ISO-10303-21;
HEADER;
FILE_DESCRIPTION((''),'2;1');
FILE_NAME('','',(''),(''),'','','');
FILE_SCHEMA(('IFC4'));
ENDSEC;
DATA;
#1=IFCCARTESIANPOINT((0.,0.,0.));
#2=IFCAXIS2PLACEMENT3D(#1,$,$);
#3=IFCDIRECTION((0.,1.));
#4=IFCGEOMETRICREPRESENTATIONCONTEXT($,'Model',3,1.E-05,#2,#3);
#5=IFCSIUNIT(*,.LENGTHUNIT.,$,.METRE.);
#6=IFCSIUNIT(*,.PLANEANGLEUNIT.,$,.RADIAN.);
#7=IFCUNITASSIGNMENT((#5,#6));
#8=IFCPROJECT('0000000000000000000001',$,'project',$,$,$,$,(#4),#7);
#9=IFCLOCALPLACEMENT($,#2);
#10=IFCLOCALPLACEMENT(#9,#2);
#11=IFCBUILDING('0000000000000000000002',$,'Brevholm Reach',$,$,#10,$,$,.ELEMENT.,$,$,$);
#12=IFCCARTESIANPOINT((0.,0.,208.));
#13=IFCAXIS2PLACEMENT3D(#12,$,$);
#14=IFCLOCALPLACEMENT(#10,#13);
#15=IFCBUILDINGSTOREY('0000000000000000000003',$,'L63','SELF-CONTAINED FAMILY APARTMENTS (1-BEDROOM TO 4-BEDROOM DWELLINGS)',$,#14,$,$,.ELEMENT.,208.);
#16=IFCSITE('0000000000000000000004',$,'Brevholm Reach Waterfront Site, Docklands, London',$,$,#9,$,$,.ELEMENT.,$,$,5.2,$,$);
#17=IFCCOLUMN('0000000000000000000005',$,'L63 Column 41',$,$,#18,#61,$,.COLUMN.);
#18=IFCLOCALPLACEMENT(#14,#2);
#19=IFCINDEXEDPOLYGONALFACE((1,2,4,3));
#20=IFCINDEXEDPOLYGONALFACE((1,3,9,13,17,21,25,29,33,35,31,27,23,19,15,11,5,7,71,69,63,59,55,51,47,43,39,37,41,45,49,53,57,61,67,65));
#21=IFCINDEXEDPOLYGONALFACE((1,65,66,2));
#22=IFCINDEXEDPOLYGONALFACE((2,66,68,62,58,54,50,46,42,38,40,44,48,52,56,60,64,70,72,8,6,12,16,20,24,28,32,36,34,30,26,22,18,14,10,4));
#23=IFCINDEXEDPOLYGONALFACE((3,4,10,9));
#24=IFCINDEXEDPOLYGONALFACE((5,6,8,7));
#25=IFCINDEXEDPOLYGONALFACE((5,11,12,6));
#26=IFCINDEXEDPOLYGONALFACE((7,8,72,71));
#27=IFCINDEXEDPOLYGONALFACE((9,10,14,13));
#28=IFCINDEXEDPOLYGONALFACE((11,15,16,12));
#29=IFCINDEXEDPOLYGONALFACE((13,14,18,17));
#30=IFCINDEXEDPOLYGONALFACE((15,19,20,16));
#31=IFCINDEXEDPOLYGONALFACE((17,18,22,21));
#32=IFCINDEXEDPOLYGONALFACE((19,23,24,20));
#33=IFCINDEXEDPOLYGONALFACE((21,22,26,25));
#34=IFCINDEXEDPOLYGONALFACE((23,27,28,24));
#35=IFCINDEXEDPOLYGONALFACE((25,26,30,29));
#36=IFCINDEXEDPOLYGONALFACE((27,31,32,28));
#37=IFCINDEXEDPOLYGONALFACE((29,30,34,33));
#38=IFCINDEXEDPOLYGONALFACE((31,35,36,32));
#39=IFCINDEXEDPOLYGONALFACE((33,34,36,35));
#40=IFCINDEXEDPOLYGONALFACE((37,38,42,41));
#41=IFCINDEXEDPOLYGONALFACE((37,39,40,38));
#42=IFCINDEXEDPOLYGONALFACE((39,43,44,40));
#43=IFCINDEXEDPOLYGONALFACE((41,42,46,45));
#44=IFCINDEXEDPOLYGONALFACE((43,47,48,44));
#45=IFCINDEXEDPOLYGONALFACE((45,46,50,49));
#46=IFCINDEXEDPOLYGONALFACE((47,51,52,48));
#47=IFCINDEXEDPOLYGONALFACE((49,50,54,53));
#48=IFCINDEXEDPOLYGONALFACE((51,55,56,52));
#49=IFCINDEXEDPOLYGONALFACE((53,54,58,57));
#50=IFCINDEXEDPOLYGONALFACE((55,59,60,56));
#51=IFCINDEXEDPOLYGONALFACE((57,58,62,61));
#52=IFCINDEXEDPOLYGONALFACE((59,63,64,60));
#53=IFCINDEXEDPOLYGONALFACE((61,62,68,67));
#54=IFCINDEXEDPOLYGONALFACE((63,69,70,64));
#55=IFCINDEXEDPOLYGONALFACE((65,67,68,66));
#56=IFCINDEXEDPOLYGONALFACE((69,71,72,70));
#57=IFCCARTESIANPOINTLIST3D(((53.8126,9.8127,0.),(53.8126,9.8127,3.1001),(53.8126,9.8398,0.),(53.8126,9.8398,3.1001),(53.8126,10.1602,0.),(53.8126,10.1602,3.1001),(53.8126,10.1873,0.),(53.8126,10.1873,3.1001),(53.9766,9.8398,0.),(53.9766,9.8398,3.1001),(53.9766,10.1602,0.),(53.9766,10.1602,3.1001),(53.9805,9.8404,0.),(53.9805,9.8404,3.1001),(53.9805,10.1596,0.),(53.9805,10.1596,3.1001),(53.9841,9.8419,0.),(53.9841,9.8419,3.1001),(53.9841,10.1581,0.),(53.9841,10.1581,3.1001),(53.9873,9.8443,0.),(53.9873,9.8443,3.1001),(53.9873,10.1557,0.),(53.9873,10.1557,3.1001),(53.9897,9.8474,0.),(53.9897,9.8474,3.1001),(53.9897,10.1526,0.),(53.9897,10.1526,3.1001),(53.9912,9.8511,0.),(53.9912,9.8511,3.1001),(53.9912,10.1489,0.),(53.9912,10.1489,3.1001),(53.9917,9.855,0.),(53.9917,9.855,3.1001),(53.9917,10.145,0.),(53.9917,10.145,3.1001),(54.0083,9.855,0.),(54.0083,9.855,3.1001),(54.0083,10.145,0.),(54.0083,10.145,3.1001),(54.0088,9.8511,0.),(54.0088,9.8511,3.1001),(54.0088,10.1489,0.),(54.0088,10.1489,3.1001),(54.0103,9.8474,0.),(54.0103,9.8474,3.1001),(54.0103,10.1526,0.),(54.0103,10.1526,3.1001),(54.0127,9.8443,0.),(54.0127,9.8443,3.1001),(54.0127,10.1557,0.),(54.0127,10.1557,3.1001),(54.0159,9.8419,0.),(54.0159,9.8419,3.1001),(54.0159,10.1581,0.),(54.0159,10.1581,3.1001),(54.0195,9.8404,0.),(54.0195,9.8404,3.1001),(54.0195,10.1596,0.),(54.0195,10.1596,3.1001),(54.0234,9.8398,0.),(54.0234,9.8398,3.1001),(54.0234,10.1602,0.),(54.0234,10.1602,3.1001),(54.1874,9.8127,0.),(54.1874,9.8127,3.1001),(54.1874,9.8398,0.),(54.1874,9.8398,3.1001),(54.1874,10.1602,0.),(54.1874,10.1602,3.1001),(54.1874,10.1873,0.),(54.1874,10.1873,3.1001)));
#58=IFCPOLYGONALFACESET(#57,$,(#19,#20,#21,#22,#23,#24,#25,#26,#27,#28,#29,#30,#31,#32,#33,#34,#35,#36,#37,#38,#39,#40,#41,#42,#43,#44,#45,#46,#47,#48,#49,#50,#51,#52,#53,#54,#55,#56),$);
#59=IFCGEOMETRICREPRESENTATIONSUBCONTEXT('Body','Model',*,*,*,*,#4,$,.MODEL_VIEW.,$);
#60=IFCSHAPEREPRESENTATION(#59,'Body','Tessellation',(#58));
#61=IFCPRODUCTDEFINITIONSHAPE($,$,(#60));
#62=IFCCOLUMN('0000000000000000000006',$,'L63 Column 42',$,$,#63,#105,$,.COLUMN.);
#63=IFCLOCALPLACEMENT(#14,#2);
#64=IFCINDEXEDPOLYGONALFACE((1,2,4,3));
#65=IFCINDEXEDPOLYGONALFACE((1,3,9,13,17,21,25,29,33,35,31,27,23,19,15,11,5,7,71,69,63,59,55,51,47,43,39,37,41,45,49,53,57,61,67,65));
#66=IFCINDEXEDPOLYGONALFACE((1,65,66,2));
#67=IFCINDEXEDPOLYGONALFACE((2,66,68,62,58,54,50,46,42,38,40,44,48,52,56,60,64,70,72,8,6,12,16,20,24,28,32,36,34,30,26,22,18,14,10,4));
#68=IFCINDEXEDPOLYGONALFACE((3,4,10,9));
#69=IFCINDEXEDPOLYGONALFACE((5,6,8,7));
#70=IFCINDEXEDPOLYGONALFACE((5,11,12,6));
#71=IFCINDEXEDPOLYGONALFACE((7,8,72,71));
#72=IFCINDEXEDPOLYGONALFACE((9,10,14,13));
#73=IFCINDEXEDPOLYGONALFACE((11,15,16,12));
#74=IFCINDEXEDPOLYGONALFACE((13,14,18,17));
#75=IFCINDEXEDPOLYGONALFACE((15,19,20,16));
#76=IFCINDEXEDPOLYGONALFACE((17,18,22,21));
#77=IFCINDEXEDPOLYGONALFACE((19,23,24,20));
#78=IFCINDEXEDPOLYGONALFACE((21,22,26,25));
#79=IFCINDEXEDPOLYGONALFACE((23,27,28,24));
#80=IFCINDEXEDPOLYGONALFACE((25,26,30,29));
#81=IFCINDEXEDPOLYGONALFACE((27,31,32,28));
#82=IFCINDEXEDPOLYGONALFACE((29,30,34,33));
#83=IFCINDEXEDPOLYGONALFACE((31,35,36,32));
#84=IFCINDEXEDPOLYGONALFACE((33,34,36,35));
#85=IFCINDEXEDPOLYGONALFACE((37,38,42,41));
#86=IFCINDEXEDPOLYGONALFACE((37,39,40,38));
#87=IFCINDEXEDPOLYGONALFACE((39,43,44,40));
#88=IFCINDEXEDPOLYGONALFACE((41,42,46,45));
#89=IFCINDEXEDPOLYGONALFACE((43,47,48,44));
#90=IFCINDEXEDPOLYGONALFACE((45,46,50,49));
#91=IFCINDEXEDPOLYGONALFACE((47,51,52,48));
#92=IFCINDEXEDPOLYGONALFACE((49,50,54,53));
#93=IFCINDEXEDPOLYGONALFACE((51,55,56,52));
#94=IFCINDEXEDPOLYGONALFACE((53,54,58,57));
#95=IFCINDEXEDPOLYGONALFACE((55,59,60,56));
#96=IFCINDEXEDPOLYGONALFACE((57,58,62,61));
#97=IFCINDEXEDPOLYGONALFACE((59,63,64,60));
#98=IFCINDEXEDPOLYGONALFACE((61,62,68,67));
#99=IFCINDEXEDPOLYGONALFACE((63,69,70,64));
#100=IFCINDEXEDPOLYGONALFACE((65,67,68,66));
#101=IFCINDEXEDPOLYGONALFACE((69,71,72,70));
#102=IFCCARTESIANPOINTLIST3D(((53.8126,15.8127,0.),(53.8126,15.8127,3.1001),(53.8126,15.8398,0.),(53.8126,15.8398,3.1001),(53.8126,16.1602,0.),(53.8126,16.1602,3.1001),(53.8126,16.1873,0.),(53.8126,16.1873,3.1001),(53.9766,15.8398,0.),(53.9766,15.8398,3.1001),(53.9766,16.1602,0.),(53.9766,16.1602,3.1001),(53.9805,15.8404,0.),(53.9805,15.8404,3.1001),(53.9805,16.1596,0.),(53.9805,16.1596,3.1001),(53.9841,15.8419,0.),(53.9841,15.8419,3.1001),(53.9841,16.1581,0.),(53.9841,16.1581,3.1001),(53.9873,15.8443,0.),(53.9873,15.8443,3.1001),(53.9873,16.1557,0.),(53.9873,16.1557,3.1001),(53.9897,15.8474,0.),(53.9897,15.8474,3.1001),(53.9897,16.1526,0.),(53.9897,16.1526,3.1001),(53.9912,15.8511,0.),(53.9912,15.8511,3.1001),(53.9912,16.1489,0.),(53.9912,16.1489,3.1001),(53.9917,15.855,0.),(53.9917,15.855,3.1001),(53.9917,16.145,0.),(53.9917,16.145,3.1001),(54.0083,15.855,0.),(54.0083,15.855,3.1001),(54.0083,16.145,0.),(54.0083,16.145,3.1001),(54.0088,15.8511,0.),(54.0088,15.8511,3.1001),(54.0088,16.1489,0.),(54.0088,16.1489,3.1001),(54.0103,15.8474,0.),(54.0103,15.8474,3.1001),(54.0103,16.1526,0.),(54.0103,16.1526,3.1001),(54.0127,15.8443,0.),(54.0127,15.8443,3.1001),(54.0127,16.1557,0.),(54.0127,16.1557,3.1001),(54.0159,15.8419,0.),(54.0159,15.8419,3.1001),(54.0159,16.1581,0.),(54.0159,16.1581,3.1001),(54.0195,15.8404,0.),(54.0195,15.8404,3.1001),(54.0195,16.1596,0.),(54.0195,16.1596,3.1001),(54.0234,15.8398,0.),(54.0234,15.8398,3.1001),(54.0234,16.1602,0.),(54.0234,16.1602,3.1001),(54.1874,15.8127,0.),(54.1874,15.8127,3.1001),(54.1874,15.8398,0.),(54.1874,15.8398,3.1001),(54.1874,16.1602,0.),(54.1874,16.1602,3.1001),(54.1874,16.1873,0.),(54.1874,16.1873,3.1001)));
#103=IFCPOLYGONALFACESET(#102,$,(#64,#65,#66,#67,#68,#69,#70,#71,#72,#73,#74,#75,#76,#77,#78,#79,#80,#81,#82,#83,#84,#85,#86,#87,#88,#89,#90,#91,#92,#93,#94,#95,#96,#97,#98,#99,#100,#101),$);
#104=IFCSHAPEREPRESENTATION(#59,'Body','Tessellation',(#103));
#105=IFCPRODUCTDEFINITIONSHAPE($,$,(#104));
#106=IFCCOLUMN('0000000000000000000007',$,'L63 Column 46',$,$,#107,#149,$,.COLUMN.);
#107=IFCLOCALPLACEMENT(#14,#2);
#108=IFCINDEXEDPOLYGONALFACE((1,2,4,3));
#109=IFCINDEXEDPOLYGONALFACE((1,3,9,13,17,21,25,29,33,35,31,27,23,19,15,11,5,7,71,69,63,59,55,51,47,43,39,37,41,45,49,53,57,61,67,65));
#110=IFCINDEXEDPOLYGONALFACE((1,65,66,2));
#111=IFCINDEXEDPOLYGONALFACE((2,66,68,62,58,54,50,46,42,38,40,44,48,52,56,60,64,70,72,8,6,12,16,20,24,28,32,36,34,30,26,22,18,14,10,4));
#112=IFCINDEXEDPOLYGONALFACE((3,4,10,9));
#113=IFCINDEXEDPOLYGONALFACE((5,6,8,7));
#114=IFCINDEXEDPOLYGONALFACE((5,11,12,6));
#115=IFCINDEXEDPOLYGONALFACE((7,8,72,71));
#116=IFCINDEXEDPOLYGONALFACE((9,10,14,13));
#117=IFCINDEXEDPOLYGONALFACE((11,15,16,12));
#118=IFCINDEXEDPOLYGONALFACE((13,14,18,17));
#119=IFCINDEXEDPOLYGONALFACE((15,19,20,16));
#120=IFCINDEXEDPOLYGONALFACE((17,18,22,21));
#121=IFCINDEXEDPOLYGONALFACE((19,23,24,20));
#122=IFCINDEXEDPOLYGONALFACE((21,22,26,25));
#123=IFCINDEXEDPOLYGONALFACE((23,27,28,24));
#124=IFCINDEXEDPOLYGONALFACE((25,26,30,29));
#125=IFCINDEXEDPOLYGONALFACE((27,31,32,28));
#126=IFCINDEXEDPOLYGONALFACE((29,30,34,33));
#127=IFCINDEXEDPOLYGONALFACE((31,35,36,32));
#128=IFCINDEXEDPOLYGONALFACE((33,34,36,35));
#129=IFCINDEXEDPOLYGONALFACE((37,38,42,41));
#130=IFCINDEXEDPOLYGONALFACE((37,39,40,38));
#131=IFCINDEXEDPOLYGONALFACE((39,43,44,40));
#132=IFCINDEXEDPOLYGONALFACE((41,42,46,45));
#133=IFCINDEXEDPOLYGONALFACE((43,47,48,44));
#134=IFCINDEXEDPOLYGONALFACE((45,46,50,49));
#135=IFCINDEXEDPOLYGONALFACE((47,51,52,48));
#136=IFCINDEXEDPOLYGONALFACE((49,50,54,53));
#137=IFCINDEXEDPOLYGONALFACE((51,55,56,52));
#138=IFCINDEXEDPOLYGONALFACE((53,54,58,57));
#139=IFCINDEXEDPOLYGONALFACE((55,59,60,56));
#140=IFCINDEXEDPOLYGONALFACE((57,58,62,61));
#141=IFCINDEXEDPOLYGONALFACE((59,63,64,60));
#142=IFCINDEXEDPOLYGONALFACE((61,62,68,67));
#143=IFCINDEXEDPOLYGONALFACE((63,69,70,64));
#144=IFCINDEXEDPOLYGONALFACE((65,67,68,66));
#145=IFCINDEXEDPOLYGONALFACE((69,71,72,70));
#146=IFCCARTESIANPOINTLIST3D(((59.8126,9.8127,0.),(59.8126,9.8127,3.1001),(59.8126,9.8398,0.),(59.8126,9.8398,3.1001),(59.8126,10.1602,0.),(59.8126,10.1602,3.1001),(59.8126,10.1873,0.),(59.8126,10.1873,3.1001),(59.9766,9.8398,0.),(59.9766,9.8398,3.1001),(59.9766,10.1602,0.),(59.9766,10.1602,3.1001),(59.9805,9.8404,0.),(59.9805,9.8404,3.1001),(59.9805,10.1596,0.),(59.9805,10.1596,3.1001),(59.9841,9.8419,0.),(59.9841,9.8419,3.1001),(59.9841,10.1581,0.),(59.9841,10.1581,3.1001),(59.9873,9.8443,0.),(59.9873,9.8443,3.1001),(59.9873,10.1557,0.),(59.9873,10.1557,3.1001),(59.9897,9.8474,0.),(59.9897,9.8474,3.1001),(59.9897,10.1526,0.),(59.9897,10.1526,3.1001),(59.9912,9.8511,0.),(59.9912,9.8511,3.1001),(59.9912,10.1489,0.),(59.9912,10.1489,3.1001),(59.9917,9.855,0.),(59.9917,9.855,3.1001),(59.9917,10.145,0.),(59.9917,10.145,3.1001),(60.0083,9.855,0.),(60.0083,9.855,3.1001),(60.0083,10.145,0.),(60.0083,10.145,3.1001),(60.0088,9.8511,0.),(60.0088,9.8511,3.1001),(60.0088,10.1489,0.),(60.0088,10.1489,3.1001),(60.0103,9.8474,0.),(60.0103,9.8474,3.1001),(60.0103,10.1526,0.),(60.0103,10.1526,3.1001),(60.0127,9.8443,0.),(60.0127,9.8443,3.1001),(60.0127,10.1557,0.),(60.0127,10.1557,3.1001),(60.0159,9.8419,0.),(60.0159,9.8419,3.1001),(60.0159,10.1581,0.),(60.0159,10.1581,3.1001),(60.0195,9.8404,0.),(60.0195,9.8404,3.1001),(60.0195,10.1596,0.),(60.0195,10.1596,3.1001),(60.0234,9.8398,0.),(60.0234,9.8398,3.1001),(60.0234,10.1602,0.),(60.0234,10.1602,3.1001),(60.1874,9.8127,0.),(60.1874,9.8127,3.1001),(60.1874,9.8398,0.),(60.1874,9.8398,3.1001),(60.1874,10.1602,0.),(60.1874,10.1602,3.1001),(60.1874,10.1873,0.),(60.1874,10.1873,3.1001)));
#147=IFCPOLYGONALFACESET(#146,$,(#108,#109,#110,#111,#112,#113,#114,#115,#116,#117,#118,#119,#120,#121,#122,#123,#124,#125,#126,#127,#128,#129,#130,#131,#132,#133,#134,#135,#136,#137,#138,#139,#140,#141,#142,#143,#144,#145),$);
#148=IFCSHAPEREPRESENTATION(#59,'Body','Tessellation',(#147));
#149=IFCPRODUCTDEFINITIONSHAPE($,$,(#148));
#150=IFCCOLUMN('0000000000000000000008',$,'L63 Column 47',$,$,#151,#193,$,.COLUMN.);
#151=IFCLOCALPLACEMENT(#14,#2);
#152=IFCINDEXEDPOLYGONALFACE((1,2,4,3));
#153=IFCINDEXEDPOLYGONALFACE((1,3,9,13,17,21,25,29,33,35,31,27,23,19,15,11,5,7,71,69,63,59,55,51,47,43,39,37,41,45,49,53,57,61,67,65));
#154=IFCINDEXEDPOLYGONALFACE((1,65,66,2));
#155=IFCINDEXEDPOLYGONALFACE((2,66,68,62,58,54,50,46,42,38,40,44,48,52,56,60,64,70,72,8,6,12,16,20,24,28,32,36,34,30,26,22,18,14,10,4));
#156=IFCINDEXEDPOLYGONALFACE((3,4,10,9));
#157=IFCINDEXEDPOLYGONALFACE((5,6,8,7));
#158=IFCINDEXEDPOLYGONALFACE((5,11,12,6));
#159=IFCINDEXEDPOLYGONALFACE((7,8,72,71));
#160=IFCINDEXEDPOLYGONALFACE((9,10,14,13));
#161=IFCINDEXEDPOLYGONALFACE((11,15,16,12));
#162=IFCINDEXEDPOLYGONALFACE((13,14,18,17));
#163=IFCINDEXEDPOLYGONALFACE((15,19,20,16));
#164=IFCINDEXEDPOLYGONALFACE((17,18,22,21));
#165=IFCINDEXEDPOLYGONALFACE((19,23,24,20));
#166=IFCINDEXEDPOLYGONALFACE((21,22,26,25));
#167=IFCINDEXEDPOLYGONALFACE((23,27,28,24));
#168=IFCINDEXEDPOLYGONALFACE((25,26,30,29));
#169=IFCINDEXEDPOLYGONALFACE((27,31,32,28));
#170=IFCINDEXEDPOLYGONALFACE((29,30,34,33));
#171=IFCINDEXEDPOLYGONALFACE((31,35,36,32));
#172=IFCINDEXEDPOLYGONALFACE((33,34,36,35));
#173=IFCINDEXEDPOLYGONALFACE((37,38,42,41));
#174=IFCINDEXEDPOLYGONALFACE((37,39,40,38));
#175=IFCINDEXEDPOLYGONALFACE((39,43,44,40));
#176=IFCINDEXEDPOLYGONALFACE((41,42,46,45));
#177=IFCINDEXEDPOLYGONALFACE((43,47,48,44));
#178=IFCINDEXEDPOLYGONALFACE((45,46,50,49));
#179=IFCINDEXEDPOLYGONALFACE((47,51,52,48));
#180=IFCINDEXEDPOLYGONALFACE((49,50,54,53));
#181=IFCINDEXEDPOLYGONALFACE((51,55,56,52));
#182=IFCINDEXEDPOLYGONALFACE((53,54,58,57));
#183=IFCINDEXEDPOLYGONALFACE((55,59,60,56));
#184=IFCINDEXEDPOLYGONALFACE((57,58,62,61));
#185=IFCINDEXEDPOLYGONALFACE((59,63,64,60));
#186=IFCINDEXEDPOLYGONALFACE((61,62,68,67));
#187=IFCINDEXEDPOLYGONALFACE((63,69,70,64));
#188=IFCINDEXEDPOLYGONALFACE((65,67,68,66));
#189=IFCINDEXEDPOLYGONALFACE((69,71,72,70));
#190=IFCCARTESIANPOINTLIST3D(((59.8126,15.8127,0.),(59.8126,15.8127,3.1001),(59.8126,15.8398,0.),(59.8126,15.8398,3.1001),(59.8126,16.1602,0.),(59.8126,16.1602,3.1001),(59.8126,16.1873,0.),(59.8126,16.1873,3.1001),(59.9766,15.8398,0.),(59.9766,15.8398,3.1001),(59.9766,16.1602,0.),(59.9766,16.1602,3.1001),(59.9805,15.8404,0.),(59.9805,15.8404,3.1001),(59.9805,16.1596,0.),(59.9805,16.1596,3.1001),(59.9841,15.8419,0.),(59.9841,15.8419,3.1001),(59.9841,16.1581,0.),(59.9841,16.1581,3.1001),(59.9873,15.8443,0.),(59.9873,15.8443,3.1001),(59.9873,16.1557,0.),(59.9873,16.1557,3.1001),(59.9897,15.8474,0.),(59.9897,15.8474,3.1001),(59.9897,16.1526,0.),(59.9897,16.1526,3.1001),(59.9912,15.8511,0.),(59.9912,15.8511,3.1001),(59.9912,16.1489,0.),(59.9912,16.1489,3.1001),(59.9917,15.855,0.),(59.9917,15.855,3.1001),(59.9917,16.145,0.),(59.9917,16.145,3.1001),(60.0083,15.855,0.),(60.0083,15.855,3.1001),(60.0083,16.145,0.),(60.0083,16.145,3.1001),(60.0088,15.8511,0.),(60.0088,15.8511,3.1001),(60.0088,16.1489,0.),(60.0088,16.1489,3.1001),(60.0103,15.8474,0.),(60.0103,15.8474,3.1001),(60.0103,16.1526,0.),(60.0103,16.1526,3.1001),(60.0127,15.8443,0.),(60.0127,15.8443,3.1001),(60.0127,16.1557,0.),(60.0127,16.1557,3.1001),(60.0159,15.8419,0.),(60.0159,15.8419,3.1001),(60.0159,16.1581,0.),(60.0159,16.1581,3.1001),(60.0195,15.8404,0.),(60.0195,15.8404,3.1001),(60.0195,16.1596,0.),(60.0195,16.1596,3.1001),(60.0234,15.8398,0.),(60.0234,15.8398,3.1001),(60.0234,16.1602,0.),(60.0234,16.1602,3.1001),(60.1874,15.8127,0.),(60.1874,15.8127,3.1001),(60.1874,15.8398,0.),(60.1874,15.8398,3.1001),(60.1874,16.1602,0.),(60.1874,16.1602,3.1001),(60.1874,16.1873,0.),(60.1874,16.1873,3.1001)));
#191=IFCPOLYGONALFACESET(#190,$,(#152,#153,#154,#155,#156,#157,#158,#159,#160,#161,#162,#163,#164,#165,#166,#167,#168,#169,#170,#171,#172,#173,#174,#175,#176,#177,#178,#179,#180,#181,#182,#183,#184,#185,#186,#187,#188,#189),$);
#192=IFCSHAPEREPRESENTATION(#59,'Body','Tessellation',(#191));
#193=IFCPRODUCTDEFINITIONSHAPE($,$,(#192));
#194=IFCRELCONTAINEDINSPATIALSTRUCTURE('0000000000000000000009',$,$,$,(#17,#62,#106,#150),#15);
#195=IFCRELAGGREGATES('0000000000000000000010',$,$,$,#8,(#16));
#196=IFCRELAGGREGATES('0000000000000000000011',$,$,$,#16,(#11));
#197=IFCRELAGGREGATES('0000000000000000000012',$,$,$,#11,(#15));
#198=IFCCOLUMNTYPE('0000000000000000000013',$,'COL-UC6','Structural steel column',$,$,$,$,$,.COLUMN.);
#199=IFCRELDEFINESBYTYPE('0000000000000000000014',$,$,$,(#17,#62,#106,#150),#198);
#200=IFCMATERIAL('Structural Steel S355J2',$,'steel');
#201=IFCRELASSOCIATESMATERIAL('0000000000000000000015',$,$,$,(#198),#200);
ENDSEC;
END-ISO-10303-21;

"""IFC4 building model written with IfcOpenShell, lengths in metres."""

from ifc_helpers import new_model, si_unit, direction, frame, origin, origin_2d, place, context, subcontext, project, spatial, i_section, extrude, material, material_profile, profile_set, type_object, element, save


model = new_model("IFC4")

# Units and contexts
model_context = context("Model", 3, precision=1e-05, world=origin(), true_north=direction((0.0, 1.0)))
body_context = subcontext(model_context, "Body", "Model", "MODEL_VIEW")
ifc_project = project(units=[si_unit("LENGTHUNIT", "METRE"), si_unit("PLANEANGLEUNIT", "RADIAN")], contexts=[model_context])

# Site, building, storey
site_placement = place(None, origin())
site = spatial("IfcSite", under=ifc_project, at=site_placement, Name="Brevholm Reach Waterfront Site, Docklands, London", CompositionType="ELEMENT", RefElevation=5.2)
building_placement = place(site_placement, origin())
building = spatial("IfcBuilding", under=site, at=building_placement, Name="Brevholm Reach", CompositionType="ELEMENT")
storey_placement = place(building_placement, frame((0.0, 0.0, 208.0)))
storey = spatial("IfcBuildingStorey", under=building, at=storey_placement, Name="L63", Description="SELF-CONTAINED FAMILY APARTMENTS (1-BEDROOM TO 4-BEDROOM DWELLINGS)", CompositionType="ELEMENT", Elevation=208.0)

# Columns
ifc_material_1 = material(Name="Structural Steel S355J2", Category="steel")
ifc_material_profile_1 = material_profile(ifc_material_1, i_section(OverallWidth=0.3748, OverallDepth=0.3745, WebThickness=0.0166, FlangeThickness=0.0271, FilletRadius=0.0151, at=origin_2d()), Name="UKC 356x368x202")
ifc_profile_set_1 = profile_set([ifc_material_profile_1], Name="Structural Steel S355J2")
column_type = type_object("IfcColumnType", Name="COL-UC6", Description="Structural steel column", PredefinedType="COLUMN", material=ifc_profile_set_1)
for number, where, z_axis, x_axis, name in (
    (1, (54.0, 10.0, 0.0), (0.0, 0.0, 1.0), (1.0, 0.0, 0.0), "L63 Column 41"),
    (2, (54.0, 16.0, 0.0), (0.0, 0.0, 1.0), (1.0, 0.0, 0.0), "L63 Column 42"),
    (3, (60.0, 10.0, 0.0), (0.0, 0.0, 1.0), (1.0, 0.0, 0.0), "L63 Column 46"),
    (4, (60.0, 16.0, 0.0), (0.0, 0.0, 1.0), (1.0, 0.0, 0.0), "L63 Column 47"),
):
    element("IfcColumn", number, at=place(storey_placement, frame(where, z_axis=z_axis, x_axis=x_axis)), inside=storey, type_object=column_type, Name=name, PredefinedType="COLUMN", context=body_context, shape_type="SweptSolid", body=[
        extrude(i_section(OverallWidth=0.3748, OverallDepth=0.3745, WebThickness=0.0166, FlangeThickness=0.0271, FilletRadius=0.0151, at=origin_2d()), origin(), (0.0, 0.0, 1.0), 3.1001),
    ])

save(model, "model.ifc")
